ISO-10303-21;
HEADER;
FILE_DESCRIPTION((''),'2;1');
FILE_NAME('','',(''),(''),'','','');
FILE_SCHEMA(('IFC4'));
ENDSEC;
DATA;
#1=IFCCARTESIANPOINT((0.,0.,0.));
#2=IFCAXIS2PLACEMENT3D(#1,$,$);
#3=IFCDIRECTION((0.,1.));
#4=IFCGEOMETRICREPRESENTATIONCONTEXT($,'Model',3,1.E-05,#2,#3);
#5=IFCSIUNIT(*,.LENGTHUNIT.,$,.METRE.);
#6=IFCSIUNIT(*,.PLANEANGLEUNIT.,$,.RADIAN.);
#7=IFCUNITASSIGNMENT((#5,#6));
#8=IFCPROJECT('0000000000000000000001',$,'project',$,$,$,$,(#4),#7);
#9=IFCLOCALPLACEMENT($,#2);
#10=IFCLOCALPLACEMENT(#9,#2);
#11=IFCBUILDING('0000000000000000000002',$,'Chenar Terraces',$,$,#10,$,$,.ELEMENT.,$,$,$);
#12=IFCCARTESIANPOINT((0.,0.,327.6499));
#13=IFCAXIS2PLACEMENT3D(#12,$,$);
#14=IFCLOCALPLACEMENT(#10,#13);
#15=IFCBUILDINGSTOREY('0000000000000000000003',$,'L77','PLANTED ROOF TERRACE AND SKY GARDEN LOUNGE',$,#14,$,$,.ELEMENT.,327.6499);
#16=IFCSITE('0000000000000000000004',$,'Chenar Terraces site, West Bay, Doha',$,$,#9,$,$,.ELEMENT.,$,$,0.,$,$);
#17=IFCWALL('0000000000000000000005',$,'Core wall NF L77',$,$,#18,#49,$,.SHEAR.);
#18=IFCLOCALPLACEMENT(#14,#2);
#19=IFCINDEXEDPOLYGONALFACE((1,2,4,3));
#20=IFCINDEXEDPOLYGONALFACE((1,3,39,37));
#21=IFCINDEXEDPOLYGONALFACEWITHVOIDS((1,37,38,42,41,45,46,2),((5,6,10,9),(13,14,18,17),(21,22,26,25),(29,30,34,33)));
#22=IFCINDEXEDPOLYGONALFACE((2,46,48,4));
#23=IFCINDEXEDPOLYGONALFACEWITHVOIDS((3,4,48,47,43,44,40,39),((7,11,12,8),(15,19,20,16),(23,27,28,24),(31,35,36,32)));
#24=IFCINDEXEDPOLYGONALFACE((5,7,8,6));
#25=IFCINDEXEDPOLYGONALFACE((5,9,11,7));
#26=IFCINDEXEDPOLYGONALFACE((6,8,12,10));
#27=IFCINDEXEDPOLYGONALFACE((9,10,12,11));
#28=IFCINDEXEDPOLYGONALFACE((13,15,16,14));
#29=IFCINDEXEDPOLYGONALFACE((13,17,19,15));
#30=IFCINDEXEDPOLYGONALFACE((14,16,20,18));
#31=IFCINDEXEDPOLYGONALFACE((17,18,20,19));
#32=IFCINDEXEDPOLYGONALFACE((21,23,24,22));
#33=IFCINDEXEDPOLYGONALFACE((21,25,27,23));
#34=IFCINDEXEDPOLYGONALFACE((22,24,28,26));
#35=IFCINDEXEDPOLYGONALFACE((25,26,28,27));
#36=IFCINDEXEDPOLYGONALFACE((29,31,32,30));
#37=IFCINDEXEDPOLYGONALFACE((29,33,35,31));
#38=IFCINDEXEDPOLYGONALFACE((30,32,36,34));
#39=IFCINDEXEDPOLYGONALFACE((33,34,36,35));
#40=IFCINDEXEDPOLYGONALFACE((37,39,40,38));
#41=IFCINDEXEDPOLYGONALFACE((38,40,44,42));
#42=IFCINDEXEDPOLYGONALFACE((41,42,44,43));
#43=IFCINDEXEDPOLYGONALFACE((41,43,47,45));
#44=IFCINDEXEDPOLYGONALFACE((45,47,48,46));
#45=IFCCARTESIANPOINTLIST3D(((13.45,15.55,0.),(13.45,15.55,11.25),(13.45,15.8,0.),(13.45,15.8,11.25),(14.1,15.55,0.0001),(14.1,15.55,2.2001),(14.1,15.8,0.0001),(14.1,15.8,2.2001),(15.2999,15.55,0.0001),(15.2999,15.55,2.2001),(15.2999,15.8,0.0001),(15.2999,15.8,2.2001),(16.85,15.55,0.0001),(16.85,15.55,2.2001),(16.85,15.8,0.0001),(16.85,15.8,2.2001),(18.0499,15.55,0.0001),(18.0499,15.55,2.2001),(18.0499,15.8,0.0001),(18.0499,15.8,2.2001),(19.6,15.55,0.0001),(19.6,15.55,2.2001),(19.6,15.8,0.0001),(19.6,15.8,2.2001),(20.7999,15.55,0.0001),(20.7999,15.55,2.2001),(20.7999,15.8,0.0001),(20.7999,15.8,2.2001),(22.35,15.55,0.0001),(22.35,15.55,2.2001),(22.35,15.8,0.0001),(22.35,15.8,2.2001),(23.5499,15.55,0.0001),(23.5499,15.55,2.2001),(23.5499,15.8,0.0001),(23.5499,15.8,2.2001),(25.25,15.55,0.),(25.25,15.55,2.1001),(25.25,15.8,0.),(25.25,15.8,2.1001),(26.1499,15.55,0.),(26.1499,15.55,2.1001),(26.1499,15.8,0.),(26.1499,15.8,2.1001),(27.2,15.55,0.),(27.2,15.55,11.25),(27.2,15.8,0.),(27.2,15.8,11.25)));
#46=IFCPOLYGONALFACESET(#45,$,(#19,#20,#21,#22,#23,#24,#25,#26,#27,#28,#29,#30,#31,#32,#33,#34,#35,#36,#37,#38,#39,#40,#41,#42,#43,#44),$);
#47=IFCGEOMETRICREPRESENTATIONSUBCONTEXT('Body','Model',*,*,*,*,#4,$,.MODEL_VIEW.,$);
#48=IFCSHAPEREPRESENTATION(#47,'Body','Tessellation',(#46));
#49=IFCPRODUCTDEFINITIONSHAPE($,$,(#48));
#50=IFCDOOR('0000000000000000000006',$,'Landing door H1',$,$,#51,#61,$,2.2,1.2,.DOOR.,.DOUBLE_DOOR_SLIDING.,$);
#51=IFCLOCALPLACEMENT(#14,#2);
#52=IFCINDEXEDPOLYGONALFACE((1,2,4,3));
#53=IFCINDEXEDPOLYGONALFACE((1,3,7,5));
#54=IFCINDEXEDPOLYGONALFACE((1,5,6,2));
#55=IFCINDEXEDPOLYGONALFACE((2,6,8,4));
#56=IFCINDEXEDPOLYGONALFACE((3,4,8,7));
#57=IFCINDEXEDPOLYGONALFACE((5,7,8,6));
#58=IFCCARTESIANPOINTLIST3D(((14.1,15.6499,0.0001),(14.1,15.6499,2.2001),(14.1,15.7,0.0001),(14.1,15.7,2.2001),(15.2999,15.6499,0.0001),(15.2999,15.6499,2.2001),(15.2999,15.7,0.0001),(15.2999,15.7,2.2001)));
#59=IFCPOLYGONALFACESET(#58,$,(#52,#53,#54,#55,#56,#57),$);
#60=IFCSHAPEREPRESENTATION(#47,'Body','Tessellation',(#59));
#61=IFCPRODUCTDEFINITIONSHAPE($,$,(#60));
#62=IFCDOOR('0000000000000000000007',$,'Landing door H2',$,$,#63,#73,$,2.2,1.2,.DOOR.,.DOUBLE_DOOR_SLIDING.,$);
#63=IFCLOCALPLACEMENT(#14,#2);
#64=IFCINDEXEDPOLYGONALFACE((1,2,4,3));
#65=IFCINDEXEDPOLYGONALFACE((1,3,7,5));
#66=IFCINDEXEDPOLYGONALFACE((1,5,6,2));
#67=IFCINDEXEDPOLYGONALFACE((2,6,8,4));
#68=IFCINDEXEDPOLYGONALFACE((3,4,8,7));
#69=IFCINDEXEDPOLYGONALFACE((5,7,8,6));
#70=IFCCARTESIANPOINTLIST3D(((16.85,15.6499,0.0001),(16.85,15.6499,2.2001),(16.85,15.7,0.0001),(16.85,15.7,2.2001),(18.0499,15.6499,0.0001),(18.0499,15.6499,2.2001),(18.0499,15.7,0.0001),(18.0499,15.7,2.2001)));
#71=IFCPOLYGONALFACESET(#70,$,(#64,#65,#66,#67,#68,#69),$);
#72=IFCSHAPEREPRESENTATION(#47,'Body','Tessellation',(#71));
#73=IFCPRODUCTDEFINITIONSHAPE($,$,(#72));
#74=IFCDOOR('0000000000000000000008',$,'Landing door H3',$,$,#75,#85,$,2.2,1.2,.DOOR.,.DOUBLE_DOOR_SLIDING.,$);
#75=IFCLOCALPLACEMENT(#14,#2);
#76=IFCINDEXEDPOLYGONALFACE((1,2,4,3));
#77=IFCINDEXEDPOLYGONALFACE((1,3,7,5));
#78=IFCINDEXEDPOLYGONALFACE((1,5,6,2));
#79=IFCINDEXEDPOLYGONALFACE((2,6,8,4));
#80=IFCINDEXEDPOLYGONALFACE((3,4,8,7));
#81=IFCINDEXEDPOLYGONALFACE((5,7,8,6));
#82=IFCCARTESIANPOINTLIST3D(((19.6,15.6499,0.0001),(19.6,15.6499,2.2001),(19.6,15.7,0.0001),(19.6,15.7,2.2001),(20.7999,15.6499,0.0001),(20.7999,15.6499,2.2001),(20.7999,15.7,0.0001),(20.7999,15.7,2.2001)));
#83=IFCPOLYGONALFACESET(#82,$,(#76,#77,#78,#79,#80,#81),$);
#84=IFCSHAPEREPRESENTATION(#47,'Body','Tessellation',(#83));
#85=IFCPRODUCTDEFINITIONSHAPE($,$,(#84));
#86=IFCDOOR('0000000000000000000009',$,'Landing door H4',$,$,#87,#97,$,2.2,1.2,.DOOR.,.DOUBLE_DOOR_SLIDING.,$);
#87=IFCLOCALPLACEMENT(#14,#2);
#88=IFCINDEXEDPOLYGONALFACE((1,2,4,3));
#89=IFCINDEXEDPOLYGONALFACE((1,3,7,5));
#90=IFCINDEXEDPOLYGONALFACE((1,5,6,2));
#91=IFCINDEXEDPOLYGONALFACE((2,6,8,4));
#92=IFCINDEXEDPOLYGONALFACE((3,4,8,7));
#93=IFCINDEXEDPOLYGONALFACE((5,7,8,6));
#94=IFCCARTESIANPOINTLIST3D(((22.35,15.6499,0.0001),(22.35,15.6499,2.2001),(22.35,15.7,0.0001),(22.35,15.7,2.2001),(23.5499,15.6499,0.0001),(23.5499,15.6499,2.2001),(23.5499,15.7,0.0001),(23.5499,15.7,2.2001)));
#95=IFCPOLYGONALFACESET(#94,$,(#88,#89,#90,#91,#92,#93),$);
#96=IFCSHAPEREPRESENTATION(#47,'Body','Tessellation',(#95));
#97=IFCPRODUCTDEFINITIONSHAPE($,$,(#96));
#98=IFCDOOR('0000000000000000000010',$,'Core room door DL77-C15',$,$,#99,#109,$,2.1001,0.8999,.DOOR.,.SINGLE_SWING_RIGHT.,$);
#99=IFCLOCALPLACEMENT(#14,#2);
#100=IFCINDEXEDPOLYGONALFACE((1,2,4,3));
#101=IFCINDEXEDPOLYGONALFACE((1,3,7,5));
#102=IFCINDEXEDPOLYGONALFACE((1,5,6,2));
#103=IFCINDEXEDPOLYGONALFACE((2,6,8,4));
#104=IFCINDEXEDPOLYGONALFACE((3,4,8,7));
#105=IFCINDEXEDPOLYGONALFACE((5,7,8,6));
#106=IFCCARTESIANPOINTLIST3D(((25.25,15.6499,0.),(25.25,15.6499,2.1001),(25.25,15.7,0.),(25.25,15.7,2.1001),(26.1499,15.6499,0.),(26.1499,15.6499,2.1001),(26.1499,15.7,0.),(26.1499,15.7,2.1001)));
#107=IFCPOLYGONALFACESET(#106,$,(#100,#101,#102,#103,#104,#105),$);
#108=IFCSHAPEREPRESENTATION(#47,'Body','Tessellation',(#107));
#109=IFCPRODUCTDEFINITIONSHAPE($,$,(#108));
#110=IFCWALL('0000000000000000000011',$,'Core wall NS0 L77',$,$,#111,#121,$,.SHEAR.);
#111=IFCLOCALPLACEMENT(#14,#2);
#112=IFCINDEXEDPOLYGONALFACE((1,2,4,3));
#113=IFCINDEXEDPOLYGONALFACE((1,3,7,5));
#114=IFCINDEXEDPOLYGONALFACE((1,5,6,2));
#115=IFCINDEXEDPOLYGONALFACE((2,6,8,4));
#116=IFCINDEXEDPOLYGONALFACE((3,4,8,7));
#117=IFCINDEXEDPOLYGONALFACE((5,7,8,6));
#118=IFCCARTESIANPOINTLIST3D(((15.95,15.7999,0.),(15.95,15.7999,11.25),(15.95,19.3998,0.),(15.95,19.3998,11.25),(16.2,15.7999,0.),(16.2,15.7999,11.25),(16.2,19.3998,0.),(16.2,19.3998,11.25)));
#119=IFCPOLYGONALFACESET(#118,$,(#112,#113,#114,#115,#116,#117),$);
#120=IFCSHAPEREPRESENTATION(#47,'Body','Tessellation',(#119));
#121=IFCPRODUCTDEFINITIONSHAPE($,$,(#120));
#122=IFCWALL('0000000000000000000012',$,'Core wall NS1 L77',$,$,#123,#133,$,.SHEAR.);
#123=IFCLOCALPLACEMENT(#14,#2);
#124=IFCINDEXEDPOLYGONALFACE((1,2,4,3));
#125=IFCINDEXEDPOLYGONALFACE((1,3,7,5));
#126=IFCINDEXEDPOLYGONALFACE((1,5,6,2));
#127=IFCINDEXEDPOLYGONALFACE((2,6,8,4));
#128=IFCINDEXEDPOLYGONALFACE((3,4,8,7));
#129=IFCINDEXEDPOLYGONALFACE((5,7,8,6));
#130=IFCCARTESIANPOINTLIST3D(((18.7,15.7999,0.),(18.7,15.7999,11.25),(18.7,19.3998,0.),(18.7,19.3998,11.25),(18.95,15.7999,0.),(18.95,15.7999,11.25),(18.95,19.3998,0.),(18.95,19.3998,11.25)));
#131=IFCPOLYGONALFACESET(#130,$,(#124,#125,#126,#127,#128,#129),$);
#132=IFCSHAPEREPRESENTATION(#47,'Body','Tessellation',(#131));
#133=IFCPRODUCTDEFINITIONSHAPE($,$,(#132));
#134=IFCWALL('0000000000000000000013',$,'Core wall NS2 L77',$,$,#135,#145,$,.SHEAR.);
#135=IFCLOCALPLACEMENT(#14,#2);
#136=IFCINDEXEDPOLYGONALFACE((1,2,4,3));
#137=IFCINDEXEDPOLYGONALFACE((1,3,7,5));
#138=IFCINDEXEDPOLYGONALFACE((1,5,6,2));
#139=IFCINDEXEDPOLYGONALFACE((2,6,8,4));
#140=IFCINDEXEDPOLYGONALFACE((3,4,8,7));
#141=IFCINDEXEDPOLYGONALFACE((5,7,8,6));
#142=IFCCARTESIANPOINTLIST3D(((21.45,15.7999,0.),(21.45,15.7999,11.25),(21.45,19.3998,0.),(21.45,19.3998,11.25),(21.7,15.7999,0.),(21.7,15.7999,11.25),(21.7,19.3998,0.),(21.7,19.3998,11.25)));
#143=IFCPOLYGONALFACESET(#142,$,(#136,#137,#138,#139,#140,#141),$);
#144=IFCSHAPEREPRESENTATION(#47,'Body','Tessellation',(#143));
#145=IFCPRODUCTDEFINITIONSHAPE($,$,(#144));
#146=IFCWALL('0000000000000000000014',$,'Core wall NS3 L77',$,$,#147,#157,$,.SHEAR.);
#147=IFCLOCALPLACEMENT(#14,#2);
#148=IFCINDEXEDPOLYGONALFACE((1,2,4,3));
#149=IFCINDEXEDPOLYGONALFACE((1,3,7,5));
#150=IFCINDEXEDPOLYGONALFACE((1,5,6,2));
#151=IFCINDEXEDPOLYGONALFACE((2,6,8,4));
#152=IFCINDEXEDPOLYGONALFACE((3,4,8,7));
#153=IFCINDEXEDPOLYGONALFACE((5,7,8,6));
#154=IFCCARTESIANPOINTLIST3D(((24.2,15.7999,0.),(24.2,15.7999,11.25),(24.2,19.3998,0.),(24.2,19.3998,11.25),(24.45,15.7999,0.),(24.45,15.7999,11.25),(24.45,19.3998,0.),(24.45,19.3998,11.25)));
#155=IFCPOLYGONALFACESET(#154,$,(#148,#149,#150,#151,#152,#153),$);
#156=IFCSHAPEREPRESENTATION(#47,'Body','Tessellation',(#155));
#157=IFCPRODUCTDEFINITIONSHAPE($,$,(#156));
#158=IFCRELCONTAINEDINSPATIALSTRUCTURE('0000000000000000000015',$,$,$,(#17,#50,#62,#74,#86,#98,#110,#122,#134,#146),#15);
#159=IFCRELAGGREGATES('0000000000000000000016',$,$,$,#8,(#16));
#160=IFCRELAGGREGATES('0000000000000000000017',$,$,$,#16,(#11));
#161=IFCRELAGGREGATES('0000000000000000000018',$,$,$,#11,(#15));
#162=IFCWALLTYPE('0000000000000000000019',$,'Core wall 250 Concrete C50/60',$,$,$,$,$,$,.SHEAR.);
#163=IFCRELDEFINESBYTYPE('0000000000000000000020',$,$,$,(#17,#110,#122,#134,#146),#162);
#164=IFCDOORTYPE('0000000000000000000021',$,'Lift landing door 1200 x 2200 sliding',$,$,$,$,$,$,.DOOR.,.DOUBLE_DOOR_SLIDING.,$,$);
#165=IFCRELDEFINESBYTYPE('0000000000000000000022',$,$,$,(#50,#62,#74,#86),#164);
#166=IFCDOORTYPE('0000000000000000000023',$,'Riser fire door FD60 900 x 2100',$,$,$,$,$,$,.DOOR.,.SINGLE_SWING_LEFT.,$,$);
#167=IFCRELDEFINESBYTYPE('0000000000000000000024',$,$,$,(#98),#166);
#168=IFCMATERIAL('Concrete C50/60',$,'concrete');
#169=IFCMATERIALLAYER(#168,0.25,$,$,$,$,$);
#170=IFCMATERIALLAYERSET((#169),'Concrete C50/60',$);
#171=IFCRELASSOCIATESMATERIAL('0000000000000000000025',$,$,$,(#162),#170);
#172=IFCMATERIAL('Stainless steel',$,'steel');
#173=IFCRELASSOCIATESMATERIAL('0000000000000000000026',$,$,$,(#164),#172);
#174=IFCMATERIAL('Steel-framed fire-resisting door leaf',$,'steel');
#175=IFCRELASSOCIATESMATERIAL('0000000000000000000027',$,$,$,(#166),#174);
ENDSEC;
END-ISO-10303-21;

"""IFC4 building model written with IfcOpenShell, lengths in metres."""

from ifc_helpers import new_model, si_unit, direction, frame, frame_2d, origin, place, context, subcontext, project, spatial, rectangle, extrude, material, layer, layer_set, type_object, element, fill, save


model = new_model("IFC4")

# Units and contexts
model_context = context("Model", 3, precision=1e-05, world=origin(), true_north=direction((0.0, 1.0)))
body_context = subcontext(model_context, "Body", "Model", "MODEL_VIEW")
ifc_project = project(units=[si_unit("LENGTHUNIT", "METRE"), si_unit("PLANEANGLEUNIT", "RADIAN")], contexts=[model_context])

# Site, building, storey
site_placement = place(None, origin())
site = spatial("IfcSite", under=ifc_project, at=site_placement, Name="Chenar Terraces site, West Bay, Doha", CompositionType="ELEMENT", RefElevation=0.0)
building_placement = place(site_placement, origin())
building = spatial("IfcBuilding", under=site, at=building_placement, Name="Chenar Terraces", CompositionType="ELEMENT")
storey_placement = place(building_placement, frame((0.0, 0.0, 327.6499)))
storey = spatial("IfcBuildingStorey", under=building, at=storey_placement, Name="L77", Description="PLANTED ROOF TERRACE AND SKY GARDEN LOUNGE", CompositionType="ELEMENT", Elevation=327.6499)

# Wall, openings, doors
ifc_material_1 = material(Name="Concrete C50/60", Category="concrete")
ifc_layer_1 = layer(ifc_material_1, 0.25)
ifc_layer_set_1 = layer_set([ifc_layer_1], Name="Concrete C50/60")
wall_type_1 = type_object("IfcWallType", Name="Core wall 250 Concrete C50/60", PredefinedType="SHEAR", material=ifc_layer_set_1)
wall_1_placement = place(storey_placement, frame((13.45, 15.675, 0.0), z_axis=(0.0, 0.0, 1.0), x_axis=(1.0, 0.0, 0.0)))
wall_1 = element("IfcWall", 1, at=wall_1_placement, inside=storey, type_object=wall_type_1, Name="Core wall NF L77", PredefinedType="SHEAR", context=body_context, shape_type="SweptSolid", body=[
    extrude(rectangle(XDim=13.75, YDim=0.25, at=frame_2d((6.875, 0.0))), origin(), (0.0, 0.0, 1.0), 11.25),
])
opening_1_placement = place(wall_1_placement, frame((0.6499, 0.0, 0.0)))
opening_1 = element("IfcOpeningElement", 2, at=opening_1_placement, cuts=wall_1, PredefinedType="OPENING", context=body_context, shape_type="SweptSolid", body=[
    extrude(rectangle(XDim=1.2, YDim=2.2, at=frame_2d((0.6001, 1.1001))), frame((0.0, 0.135, 0.0), z_axis=(0.0, -1.0, 0.0), x_axis=(1.0, 0.0, 0.0)), (0.0, 0.0, 1.0), 0.27),
])
opening_2_placement = place(wall_1_placement, frame((3.3999, 0.0, 0.0)))
opening_2 = element("IfcOpeningElement", 3, at=opening_2_placement, cuts=wall_1, PredefinedType="OPENING", context=body_context, shape_type="SweptSolid", body=[
    extrude(rectangle(XDim=1.2, YDim=2.2, at=frame_2d((0.6001, 1.1001))), frame((0.0, 0.135, 0.0), z_axis=(0.0, -1.0, 0.0), x_axis=(1.0, 0.0, 0.0)), (0.0, 0.0, 1.0), 0.27),
])
opening_3_placement = place(wall_1_placement, frame((6.1499, 0.0, 0.0)))
opening_3 = element("IfcOpeningElement", 4, at=opening_3_placement, cuts=wall_1, PredefinedType="OPENING", context=body_context, shape_type="SweptSolid", body=[
    extrude(rectangle(XDim=1.2, YDim=2.2, at=frame_2d((0.6001, 1.1001))), frame((0.0, 0.135, 0.0), z_axis=(0.0, -1.0, 0.0), x_axis=(1.0, 0.0, 0.0)), (0.0, 0.0, 1.0), 0.27),
])
opening_4_placement = place(wall_1_placement, frame((8.8999, 0.0, 0.0)))
opening_4 = element("IfcOpeningElement", 5, at=opening_4_placement, cuts=wall_1, PredefinedType="OPENING", context=body_context, shape_type="SweptSolid", body=[
    extrude(rectangle(XDim=1.2, YDim=2.2, at=frame_2d((0.6001, 1.1001))), frame((0.0, 0.135, 0.0), z_axis=(0.0, -1.0, 0.0), x_axis=(1.0, 0.0, 0.0)), (0.0, 0.0, 1.0), 0.27),
])
opening_5_placement = place(wall_1_placement, frame((11.8, 0.0, 0.0)))
opening_5 = element("IfcOpeningElement", 6, at=opening_5_placement, cuts=wall_1, PredefinedType="OPENING", context=body_context, shape_type="SweptSolid", body=[
    extrude(rectangle(XDim=0.8999, YDim=2.1001, at=frame_2d((0.45, 1.05))), frame((0.0, 0.135, 0.0), z_axis=(0.0, -1.0, 0.0), x_axis=(1.0, 0.0, 0.0)), (0.0, 0.0, 1.0), 0.27),
])
ifc_material_2 = material(Name="Stainless steel", Category="steel")
door_type_1 = type_object("IfcDoorType", Name="Lift landing door 1200 x 2200 sliding", OperationType="DOUBLE_DOOR_SLIDING", PredefinedType="DOOR", material=ifc_material_2)
door_1_placement = place(opening_1_placement, origin())
door_1 = element("IfcDoor", 7, at=door_1_placement, inside=storey, type_object=door_type_1, Name="Landing door H1", OperationType="DOUBLE_DOOR_SLIDING", OverallHeight=2.2, OverallWidth=1.2, PredefinedType="DOOR", context=body_context, shape_type="SweptSolid", body=[
    extrude(rectangle(XDim=1.2, YDim=2.2, at=frame_2d((0.6001, 1.1001))), frame((0.0, 0.0249, 0.0), z_axis=(0.0, -1.0, 0.0), x_axis=(1.0, 0.0, 0.0)), (0.0, 0.0, 1.0), 0.05),
])
fill(opening_1, door_1)
door_2_placement = place(opening_2_placement, origin())
door_2 = element("IfcDoor", 8, at=door_2_placement, inside=storey, type_object=door_type_1, Name="Landing door H2", OperationType="DOUBLE_DOOR_SLIDING", OverallHeight=2.2, OverallWidth=1.2, PredefinedType="DOOR", context=body_context, shape_type="SweptSolid", body=[
    extrude(rectangle(XDim=1.2, YDim=2.2, at=frame_2d((0.6001, 1.1001))), frame((0.0, 0.0249, 0.0), z_axis=(0.0, -1.0, 0.0), x_axis=(1.0, 0.0, 0.0)), (0.0, 0.0, 1.0), 0.05),
])
fill(opening_2, door_2)
door_3_placement = place(opening_3_placement, origin())
door_3 = element("IfcDoor", 9, at=door_3_placement, inside=storey, type_object=door_type_1, Name="Landing door H3", OperationType="DOUBLE_DOOR_SLIDING", OverallHeight=2.2, OverallWidth=1.2, PredefinedType="DOOR", context=body_context, shape_type="SweptSolid", body=[
    extrude(rectangle(XDim=1.2, YDim=2.2, at=frame_2d((0.6001, 1.1001))), frame((0.0, 0.0249, 0.0), z_axis=(0.0, -1.0, 0.0), x_axis=(1.0, 0.0, 0.0)), (0.0, 0.0, 1.0), 0.05),
])
fill(opening_3, door_3)
door_4_placement = place(opening_4_placement, origin())
door_4 = element("IfcDoor", 10, at=door_4_placement, inside=storey, type_object=door_type_1, Name="Landing door H4", OperationType="DOUBLE_DOOR_SLIDING", OverallHeight=2.2, OverallWidth=1.2, PredefinedType="DOOR", context=body_context, shape_type="SweptSolid", body=[
    extrude(rectangle(XDim=1.2, YDim=2.2, at=frame_2d((0.6001, 1.1001))), frame((0.0, 0.0249, 0.0), z_axis=(0.0, -1.0, 0.0), x_axis=(1.0, 0.0, 0.0)), (0.0, 0.0, 1.0), 0.05),
])
fill(opening_4, door_4)
ifc_material_3 = material(Name="Steel-framed fire-resisting door leaf", Category="steel")
door_type_2 = type_object("IfcDoorType", Name="Riser fire door FD60 900 x 2100", OperationType="SINGLE_SWING_LEFT", PredefinedType="DOOR", material=ifc_material_3)
door_5_placement = place(opening_5_placement, origin())
door_5 = element("IfcDoor", 11, at=door_5_placement, inside=storey, type_object=door_type_2, Name="Core room door DL77-C15", OperationType="SINGLE_SWING_RIGHT", OverallHeight=2.1001, OverallWidth=0.8999, PredefinedType="DOOR", context=body_context, shape_type="SweptSolid", body=[
    extrude(rectangle(XDim=0.8999, YDim=2.1001, at=frame_2d((0.45, 1.05))), frame((0.0, 0.0249, 0.0), z_axis=(0.0, -1.0, 0.0), x_axis=(1.0, 0.0, 0.0)), (0.0, 0.0, 1.0), 0.05),
])
fill(opening_5, door_5)

# Walls
for number, where, z_axis, x_axis, name in (
    (12, (16.075, 15.8, 0.0), (0.0, 0.0, 1.0), (0.0, 1.0, 0.0), "Core wall NS0 L77"),
    (13, (18.825, 15.8, 0.0), (0.0, 0.0, 1.0), (0.0, 1.0, 0.0), "Core wall NS1 L77"),
    (14, (21.575, 15.8, 0.0), (0.0, 0.0, 1.0), (0.0, 1.0, 0.0), "Core wall NS2 L77"),
    (15, (24.325, 15.8, 0.0), (0.0, 0.0, 1.0), (0.0, 1.0, 0.0), "Core wall NS3 L77"),
):
    element("IfcWall", number, at=place(storey_placement, frame(where, z_axis=z_axis, x_axis=x_axis)), inside=storey, type_object=wall_type_1, Name=name, PredefinedType="SHEAR", context=body_context, shape_type="SweptSolid", body=[
        extrude(rectangle(XDim=3.5999, YDim=0.25, at=frame_2d((1.7998, 0.0))), origin(), (0.0, 0.0, 1.0), 11.25),
    ])

save(model, "model.ifc")
